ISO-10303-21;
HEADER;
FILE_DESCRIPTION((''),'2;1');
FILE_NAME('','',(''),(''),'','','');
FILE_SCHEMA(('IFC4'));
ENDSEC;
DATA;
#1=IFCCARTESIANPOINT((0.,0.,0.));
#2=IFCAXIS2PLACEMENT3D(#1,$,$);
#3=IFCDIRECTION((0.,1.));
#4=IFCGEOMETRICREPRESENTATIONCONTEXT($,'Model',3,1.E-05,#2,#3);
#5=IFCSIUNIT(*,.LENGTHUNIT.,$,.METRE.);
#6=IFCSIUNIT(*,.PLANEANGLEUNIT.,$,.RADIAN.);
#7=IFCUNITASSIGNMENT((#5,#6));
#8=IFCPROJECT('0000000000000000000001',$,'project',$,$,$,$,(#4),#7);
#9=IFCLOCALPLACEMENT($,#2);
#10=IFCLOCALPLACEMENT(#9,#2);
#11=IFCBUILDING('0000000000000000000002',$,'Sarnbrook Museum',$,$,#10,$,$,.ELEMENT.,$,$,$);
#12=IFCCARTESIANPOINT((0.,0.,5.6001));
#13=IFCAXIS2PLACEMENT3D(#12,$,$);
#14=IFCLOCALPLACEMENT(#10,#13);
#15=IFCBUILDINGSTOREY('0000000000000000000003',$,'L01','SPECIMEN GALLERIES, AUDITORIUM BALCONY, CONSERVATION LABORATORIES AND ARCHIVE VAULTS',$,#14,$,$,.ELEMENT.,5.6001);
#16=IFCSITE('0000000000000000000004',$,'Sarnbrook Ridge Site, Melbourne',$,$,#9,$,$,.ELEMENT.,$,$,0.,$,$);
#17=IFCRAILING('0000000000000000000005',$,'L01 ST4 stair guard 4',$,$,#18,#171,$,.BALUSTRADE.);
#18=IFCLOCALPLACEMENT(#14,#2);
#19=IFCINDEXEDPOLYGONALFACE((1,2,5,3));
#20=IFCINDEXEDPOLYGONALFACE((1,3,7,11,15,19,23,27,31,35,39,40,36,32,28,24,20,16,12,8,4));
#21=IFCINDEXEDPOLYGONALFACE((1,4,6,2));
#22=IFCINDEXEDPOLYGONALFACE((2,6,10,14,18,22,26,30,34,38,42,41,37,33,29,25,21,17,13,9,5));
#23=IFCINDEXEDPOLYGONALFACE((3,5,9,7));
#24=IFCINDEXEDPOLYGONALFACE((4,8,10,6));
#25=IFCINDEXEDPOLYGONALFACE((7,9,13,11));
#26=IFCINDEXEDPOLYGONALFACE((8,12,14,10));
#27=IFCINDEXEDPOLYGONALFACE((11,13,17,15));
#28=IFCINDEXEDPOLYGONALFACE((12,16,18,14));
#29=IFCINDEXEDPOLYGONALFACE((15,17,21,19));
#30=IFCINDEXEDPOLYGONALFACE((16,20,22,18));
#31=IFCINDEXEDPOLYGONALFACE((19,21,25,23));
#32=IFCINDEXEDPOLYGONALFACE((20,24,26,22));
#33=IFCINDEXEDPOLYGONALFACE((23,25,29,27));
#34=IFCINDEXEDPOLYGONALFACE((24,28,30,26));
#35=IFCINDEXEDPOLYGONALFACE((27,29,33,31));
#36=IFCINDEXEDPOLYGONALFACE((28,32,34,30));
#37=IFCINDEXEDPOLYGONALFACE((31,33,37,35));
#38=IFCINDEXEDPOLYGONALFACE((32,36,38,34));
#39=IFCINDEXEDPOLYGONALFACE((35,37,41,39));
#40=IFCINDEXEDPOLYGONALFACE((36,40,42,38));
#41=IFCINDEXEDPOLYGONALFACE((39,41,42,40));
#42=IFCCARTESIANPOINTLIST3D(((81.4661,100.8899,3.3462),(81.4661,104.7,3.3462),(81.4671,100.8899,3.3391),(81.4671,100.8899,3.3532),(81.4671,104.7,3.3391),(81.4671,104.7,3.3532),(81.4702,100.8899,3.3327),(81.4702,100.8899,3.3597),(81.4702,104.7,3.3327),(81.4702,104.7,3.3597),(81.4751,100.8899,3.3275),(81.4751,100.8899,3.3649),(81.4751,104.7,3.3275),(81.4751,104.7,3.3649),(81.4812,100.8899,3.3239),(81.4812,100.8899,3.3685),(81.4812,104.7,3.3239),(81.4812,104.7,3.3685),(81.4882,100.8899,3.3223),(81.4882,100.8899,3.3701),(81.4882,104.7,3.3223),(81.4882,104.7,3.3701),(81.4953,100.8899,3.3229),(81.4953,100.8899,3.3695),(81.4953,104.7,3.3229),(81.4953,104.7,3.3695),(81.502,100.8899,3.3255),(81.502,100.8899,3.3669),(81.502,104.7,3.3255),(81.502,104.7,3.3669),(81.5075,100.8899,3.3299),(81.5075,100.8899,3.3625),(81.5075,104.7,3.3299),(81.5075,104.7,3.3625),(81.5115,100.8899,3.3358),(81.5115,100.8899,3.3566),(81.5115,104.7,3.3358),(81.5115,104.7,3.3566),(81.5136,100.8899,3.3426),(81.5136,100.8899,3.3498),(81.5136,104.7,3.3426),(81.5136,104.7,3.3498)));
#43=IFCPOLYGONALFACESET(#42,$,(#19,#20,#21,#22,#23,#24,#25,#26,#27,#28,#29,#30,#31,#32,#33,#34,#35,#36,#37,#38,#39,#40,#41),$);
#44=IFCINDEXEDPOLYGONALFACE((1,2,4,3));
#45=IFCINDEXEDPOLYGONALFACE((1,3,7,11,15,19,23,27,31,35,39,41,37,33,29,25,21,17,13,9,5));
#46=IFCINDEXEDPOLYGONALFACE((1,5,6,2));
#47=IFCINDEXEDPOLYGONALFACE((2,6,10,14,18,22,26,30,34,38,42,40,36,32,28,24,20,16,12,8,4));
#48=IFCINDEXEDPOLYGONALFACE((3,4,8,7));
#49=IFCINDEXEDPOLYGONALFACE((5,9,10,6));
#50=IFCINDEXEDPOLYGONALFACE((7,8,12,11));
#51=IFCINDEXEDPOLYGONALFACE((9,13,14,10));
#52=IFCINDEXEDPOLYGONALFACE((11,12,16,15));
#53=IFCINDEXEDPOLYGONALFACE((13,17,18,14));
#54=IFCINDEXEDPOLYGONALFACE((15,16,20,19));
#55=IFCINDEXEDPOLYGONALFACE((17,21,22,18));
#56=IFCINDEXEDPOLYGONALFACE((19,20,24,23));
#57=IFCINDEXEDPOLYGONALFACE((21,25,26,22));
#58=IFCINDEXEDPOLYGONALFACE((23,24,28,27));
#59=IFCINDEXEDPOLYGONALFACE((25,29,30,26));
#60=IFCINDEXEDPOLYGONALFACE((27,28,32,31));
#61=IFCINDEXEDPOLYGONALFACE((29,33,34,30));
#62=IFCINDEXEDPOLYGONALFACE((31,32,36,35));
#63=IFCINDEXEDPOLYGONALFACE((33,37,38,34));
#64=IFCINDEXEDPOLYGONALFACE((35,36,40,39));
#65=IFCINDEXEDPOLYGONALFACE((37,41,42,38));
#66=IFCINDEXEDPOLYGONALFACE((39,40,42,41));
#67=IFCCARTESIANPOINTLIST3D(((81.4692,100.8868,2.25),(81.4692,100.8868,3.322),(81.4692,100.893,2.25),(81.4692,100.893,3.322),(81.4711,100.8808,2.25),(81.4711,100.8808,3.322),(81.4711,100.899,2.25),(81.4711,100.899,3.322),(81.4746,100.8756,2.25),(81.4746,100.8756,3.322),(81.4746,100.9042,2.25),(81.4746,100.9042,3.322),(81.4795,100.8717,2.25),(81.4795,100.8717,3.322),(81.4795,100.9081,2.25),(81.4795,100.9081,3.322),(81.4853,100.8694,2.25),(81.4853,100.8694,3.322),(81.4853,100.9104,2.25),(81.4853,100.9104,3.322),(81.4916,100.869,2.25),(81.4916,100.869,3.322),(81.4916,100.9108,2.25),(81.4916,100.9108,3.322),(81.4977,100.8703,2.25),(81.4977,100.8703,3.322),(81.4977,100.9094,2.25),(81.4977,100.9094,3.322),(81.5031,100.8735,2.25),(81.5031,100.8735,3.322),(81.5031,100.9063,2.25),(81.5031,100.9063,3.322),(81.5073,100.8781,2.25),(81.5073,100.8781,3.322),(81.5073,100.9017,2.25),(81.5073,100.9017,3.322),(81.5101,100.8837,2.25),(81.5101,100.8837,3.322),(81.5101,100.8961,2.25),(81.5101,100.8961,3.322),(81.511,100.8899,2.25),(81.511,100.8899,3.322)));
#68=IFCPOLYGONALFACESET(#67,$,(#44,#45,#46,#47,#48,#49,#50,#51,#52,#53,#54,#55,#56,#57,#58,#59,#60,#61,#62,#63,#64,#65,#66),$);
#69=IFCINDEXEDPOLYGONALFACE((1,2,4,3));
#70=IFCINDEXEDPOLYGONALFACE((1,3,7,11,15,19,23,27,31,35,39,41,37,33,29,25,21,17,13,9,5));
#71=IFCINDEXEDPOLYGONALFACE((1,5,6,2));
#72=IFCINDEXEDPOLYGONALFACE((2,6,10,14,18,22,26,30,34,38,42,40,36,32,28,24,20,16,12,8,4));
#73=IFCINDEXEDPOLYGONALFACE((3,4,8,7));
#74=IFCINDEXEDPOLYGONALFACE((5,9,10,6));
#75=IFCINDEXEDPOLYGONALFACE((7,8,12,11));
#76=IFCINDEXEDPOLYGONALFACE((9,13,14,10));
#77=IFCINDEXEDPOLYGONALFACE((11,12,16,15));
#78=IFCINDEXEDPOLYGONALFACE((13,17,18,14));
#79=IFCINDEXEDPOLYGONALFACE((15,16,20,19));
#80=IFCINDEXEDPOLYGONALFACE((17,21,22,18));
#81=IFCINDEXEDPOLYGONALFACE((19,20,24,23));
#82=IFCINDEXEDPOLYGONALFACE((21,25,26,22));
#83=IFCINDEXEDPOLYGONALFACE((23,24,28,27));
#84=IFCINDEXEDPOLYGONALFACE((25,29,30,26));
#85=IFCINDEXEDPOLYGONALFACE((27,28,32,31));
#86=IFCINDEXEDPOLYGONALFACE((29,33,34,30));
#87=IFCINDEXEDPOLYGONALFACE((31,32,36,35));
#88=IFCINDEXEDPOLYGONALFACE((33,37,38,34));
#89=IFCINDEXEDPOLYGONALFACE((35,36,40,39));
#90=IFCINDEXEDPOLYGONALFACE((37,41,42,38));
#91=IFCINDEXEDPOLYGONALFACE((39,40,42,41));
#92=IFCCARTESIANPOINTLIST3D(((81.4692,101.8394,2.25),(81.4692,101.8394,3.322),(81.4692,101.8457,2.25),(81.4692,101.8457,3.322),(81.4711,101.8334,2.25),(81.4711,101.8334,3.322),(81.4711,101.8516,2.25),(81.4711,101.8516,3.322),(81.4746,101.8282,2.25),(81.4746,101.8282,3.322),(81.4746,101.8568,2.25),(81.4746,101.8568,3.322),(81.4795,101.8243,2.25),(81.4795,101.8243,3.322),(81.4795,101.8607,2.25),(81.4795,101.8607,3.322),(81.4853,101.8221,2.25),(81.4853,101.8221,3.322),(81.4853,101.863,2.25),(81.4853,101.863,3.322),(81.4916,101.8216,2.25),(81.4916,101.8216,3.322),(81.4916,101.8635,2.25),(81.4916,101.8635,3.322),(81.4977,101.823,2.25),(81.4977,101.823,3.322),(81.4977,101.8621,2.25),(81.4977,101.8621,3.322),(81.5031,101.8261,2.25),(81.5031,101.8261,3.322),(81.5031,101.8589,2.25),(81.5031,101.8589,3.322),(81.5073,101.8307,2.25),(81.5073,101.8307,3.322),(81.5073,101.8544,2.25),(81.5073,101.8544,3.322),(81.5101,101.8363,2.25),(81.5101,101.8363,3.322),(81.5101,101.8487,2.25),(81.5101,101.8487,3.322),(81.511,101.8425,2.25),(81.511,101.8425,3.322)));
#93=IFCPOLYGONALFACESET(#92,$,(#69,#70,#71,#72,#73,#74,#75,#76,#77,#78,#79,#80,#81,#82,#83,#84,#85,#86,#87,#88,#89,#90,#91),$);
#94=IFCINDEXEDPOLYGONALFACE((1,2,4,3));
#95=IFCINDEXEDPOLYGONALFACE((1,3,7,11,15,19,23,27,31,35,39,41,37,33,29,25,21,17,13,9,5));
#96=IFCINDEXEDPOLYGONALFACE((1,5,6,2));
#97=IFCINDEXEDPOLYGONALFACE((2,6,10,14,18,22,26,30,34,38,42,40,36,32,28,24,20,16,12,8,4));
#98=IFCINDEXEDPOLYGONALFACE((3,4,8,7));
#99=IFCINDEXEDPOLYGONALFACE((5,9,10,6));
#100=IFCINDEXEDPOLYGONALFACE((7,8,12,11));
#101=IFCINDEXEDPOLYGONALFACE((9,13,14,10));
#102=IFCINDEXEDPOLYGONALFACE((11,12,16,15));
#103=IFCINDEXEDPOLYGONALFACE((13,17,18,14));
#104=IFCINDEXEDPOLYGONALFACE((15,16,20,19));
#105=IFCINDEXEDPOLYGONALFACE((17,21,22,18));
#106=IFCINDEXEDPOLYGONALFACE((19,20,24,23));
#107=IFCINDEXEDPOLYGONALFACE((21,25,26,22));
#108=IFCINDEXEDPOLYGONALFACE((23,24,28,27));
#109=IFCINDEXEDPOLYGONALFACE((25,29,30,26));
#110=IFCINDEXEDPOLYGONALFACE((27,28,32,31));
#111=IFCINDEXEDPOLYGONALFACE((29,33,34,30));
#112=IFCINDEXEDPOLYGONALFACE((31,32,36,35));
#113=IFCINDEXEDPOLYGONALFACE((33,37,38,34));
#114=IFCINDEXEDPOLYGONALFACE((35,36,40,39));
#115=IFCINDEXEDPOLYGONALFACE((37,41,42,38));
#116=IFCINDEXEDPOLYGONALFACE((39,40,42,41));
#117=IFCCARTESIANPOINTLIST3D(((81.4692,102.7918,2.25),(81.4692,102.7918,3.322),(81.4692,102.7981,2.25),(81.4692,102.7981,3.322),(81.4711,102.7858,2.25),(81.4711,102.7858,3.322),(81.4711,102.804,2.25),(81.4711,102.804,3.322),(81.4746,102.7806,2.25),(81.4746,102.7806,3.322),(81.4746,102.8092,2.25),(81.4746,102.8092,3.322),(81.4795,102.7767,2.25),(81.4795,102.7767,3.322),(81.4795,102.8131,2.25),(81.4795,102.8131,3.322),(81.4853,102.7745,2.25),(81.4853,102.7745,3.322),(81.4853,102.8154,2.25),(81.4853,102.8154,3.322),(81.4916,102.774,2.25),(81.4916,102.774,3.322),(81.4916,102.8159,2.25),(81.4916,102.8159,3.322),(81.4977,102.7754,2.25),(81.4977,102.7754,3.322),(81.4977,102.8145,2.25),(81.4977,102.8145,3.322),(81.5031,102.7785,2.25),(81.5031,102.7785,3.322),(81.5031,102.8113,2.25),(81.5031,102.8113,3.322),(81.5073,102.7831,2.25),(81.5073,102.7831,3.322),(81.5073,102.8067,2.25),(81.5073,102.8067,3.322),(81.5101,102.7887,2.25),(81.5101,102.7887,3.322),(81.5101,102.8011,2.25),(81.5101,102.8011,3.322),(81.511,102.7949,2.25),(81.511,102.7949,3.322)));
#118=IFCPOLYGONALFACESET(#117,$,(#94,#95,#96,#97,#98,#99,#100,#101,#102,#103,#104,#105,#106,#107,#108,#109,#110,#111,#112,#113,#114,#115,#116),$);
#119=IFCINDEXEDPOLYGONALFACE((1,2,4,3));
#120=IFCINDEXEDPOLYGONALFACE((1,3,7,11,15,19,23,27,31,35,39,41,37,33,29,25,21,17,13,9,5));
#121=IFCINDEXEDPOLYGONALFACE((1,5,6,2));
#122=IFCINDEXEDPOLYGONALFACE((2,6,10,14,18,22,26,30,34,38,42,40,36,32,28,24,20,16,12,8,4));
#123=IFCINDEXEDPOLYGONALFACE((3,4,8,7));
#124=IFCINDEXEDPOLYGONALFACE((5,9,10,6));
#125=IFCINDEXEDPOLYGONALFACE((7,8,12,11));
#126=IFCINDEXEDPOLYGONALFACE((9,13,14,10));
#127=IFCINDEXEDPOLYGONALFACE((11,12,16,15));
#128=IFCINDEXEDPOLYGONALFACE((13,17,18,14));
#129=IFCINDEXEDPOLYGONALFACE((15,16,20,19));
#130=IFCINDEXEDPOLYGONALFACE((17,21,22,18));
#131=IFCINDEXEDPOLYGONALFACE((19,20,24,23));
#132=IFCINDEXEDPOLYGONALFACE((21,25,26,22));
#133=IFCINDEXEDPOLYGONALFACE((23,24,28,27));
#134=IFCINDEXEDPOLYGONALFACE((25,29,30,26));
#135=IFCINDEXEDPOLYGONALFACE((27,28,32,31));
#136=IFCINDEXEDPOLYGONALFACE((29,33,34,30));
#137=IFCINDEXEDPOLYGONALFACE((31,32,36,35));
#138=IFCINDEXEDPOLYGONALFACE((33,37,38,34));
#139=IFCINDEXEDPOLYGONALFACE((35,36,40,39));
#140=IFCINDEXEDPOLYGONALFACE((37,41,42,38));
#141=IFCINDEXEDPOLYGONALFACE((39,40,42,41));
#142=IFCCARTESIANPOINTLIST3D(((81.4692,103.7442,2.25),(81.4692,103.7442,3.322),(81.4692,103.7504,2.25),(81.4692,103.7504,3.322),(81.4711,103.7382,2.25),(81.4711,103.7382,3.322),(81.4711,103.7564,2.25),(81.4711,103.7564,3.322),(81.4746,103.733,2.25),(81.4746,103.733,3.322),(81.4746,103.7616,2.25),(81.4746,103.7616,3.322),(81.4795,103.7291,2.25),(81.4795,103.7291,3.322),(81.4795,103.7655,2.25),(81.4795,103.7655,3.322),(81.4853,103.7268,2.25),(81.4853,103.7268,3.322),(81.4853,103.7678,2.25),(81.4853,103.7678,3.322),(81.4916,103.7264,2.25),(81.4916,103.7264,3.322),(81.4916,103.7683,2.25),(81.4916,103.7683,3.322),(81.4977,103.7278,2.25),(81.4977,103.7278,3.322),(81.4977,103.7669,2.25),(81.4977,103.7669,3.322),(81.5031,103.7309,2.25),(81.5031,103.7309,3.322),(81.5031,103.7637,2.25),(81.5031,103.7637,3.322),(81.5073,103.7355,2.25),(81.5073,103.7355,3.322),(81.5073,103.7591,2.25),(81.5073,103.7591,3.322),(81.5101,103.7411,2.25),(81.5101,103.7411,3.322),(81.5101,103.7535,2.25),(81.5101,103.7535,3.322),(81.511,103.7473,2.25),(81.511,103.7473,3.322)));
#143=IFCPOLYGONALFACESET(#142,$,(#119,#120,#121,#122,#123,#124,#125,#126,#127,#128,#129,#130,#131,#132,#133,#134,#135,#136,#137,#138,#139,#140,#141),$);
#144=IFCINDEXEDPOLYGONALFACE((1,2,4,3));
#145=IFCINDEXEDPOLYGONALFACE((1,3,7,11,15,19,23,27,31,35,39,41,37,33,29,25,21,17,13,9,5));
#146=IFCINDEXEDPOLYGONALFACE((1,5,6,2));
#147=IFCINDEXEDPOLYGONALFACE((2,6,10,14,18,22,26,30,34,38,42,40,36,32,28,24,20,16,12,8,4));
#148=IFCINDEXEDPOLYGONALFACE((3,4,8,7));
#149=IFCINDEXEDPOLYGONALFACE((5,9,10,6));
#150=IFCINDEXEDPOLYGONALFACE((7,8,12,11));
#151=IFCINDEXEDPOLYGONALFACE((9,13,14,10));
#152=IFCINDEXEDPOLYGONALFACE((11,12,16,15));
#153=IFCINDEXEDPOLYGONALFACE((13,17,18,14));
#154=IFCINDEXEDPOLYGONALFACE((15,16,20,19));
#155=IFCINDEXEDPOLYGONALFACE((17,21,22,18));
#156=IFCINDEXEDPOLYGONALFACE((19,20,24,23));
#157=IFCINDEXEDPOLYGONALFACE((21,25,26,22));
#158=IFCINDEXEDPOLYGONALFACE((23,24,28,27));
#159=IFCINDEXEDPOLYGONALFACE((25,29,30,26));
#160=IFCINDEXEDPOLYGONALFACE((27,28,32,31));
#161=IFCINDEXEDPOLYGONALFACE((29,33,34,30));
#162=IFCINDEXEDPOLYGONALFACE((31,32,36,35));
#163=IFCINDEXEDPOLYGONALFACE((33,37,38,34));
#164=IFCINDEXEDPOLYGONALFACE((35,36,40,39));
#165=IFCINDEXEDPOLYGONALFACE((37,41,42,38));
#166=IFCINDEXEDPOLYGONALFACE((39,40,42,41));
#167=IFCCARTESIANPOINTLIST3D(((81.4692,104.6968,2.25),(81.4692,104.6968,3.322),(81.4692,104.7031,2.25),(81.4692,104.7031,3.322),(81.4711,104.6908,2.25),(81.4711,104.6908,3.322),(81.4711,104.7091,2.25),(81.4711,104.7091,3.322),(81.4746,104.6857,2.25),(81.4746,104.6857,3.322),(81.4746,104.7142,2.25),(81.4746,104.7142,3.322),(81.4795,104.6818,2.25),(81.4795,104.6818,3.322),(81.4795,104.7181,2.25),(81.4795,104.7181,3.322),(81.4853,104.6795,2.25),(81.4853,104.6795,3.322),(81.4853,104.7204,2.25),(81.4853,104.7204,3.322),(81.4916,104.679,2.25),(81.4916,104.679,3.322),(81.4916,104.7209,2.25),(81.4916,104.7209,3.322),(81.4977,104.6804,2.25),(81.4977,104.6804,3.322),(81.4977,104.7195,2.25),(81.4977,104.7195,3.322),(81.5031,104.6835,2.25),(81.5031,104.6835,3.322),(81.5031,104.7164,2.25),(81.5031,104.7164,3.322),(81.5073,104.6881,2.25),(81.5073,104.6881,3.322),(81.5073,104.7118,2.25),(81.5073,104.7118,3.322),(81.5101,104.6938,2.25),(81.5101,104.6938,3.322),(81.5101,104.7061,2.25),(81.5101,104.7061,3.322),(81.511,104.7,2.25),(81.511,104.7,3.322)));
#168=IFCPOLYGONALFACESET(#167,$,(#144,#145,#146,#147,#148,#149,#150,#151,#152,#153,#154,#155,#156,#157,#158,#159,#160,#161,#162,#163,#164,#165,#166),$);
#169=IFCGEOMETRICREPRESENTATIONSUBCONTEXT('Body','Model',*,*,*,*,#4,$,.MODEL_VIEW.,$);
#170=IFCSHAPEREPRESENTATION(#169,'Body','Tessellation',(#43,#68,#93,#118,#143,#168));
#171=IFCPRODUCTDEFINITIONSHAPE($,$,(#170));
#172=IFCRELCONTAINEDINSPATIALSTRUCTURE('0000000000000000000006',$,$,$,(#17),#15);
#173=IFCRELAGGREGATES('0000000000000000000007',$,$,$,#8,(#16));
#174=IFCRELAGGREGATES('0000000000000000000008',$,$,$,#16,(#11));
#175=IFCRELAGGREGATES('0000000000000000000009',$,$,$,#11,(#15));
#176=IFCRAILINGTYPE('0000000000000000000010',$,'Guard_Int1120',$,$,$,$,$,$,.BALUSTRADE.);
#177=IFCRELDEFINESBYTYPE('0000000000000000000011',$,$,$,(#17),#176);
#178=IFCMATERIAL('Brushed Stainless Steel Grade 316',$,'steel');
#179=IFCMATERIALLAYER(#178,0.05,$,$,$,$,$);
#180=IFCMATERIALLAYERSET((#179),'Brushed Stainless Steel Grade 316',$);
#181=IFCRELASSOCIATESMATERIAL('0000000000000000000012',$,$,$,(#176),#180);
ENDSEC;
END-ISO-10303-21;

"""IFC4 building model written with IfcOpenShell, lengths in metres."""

from ifc_helpers import new_model, si_unit, direction, frame, origin, origin_2d, place, context, subcontext, project, spatial, circle, extrude, material, layer, layer_set, type_object, element, save


model = new_model("IFC4")

# Units and contexts
model_context = context("Model", 3, precision=1e-05, world=origin(), true_north=direction((0.0, 1.0)))
body_context = subcontext(model_context, "Body", "Model", "MODEL_VIEW")
ifc_project = project(units=[si_unit("LENGTHUNIT", "METRE"), si_unit("PLANEANGLEUNIT", "RADIAN")], contexts=[model_context])

# Site, building, storey
site_placement = place(None, origin())
site = spatial("IfcSite", under=ifc_project, at=site_placement, Name="Sarnbrook Ridge Site, Melbourne", CompositionType="ELEMENT", RefElevation=0.0)
building_placement = place(site_placement, origin())
building = spatial("IfcBuilding", under=site, at=building_placement, Name="Sarnbrook Museum", CompositionType="ELEMENT")
storey_placement = place(building_placement, frame((0.0, 0.0, 5.6001)))
storey = spatial("IfcBuildingStorey", under=building, at=storey_placement, Name="L01", Description="SPECIMEN GALLERIES, AUDITORIUM BALCONY, CONSERVATION LABORATORIES AND ARCHIVE VAULTS", CompositionType="ELEMENT", Elevation=5.6001)

# Shared definitions
ifc_material_1 = material(Name="Brushed Stainless Steel Grade 316", Category="steel")

# Railing
ifc_layer_1 = layer(ifc_material_1, 0.05)
ifc_layer_set_1 = layer_set([ifc_layer_1], Name="Brushed Stainless Steel Grade 316")
railing_type_1 = type_object("IfcRailingType", Name="Guard_Int1120", PredefinedType="BALUSTRADE", material=ifc_layer_set_1)
for number, where, name in (
    (1, (81.49, 100.8899, 2.25), "L01 ST4 stair guard 4"),
):
    element("IfcRailing", number, at=place(storey_placement, frame(where)), inside=storey, type_object=railing_type_1, Name=name, PredefinedType="BALUSTRADE", context=body_context, shape_type="SweptSolid", body=[
        extrude(circle(Radius=0.0239, at=origin_2d()), frame((0.0, 0.0, 1.0962), z_axis=(0.0, 1.0, 0.0), x_axis=(-1.0, 0.0, 0.0)), (0.0, 0.0, 1.0), 3.8101),
        extrude(circle(Radius=0.021, at=origin_2d()), origin(), (0.0, 0.0, 1.0), 1.072),
        extrude(circle(Radius=0.021, at=origin_2d()), frame((0.0, 0.9526, 0.0)), (0.0, 0.0, 1.0), 1.072),
        extrude(circle(Radius=0.021, at=origin_2d()), frame((0.0, 1.905, 0.0)), (0.0, 0.0, 1.0), 1.072),
        extrude(circle(Radius=0.021, at=origin_2d()), frame((0.0, 2.8574, 0.0)), (0.0, 0.0, 1.0), 1.072),
        extrude(circle(Radius=0.021, at=origin_2d()), frame((0.0, 3.8101, 0.0)), (0.0, 0.0, 1.0), 1.072),
    ])

save(model, "model.ifc")
